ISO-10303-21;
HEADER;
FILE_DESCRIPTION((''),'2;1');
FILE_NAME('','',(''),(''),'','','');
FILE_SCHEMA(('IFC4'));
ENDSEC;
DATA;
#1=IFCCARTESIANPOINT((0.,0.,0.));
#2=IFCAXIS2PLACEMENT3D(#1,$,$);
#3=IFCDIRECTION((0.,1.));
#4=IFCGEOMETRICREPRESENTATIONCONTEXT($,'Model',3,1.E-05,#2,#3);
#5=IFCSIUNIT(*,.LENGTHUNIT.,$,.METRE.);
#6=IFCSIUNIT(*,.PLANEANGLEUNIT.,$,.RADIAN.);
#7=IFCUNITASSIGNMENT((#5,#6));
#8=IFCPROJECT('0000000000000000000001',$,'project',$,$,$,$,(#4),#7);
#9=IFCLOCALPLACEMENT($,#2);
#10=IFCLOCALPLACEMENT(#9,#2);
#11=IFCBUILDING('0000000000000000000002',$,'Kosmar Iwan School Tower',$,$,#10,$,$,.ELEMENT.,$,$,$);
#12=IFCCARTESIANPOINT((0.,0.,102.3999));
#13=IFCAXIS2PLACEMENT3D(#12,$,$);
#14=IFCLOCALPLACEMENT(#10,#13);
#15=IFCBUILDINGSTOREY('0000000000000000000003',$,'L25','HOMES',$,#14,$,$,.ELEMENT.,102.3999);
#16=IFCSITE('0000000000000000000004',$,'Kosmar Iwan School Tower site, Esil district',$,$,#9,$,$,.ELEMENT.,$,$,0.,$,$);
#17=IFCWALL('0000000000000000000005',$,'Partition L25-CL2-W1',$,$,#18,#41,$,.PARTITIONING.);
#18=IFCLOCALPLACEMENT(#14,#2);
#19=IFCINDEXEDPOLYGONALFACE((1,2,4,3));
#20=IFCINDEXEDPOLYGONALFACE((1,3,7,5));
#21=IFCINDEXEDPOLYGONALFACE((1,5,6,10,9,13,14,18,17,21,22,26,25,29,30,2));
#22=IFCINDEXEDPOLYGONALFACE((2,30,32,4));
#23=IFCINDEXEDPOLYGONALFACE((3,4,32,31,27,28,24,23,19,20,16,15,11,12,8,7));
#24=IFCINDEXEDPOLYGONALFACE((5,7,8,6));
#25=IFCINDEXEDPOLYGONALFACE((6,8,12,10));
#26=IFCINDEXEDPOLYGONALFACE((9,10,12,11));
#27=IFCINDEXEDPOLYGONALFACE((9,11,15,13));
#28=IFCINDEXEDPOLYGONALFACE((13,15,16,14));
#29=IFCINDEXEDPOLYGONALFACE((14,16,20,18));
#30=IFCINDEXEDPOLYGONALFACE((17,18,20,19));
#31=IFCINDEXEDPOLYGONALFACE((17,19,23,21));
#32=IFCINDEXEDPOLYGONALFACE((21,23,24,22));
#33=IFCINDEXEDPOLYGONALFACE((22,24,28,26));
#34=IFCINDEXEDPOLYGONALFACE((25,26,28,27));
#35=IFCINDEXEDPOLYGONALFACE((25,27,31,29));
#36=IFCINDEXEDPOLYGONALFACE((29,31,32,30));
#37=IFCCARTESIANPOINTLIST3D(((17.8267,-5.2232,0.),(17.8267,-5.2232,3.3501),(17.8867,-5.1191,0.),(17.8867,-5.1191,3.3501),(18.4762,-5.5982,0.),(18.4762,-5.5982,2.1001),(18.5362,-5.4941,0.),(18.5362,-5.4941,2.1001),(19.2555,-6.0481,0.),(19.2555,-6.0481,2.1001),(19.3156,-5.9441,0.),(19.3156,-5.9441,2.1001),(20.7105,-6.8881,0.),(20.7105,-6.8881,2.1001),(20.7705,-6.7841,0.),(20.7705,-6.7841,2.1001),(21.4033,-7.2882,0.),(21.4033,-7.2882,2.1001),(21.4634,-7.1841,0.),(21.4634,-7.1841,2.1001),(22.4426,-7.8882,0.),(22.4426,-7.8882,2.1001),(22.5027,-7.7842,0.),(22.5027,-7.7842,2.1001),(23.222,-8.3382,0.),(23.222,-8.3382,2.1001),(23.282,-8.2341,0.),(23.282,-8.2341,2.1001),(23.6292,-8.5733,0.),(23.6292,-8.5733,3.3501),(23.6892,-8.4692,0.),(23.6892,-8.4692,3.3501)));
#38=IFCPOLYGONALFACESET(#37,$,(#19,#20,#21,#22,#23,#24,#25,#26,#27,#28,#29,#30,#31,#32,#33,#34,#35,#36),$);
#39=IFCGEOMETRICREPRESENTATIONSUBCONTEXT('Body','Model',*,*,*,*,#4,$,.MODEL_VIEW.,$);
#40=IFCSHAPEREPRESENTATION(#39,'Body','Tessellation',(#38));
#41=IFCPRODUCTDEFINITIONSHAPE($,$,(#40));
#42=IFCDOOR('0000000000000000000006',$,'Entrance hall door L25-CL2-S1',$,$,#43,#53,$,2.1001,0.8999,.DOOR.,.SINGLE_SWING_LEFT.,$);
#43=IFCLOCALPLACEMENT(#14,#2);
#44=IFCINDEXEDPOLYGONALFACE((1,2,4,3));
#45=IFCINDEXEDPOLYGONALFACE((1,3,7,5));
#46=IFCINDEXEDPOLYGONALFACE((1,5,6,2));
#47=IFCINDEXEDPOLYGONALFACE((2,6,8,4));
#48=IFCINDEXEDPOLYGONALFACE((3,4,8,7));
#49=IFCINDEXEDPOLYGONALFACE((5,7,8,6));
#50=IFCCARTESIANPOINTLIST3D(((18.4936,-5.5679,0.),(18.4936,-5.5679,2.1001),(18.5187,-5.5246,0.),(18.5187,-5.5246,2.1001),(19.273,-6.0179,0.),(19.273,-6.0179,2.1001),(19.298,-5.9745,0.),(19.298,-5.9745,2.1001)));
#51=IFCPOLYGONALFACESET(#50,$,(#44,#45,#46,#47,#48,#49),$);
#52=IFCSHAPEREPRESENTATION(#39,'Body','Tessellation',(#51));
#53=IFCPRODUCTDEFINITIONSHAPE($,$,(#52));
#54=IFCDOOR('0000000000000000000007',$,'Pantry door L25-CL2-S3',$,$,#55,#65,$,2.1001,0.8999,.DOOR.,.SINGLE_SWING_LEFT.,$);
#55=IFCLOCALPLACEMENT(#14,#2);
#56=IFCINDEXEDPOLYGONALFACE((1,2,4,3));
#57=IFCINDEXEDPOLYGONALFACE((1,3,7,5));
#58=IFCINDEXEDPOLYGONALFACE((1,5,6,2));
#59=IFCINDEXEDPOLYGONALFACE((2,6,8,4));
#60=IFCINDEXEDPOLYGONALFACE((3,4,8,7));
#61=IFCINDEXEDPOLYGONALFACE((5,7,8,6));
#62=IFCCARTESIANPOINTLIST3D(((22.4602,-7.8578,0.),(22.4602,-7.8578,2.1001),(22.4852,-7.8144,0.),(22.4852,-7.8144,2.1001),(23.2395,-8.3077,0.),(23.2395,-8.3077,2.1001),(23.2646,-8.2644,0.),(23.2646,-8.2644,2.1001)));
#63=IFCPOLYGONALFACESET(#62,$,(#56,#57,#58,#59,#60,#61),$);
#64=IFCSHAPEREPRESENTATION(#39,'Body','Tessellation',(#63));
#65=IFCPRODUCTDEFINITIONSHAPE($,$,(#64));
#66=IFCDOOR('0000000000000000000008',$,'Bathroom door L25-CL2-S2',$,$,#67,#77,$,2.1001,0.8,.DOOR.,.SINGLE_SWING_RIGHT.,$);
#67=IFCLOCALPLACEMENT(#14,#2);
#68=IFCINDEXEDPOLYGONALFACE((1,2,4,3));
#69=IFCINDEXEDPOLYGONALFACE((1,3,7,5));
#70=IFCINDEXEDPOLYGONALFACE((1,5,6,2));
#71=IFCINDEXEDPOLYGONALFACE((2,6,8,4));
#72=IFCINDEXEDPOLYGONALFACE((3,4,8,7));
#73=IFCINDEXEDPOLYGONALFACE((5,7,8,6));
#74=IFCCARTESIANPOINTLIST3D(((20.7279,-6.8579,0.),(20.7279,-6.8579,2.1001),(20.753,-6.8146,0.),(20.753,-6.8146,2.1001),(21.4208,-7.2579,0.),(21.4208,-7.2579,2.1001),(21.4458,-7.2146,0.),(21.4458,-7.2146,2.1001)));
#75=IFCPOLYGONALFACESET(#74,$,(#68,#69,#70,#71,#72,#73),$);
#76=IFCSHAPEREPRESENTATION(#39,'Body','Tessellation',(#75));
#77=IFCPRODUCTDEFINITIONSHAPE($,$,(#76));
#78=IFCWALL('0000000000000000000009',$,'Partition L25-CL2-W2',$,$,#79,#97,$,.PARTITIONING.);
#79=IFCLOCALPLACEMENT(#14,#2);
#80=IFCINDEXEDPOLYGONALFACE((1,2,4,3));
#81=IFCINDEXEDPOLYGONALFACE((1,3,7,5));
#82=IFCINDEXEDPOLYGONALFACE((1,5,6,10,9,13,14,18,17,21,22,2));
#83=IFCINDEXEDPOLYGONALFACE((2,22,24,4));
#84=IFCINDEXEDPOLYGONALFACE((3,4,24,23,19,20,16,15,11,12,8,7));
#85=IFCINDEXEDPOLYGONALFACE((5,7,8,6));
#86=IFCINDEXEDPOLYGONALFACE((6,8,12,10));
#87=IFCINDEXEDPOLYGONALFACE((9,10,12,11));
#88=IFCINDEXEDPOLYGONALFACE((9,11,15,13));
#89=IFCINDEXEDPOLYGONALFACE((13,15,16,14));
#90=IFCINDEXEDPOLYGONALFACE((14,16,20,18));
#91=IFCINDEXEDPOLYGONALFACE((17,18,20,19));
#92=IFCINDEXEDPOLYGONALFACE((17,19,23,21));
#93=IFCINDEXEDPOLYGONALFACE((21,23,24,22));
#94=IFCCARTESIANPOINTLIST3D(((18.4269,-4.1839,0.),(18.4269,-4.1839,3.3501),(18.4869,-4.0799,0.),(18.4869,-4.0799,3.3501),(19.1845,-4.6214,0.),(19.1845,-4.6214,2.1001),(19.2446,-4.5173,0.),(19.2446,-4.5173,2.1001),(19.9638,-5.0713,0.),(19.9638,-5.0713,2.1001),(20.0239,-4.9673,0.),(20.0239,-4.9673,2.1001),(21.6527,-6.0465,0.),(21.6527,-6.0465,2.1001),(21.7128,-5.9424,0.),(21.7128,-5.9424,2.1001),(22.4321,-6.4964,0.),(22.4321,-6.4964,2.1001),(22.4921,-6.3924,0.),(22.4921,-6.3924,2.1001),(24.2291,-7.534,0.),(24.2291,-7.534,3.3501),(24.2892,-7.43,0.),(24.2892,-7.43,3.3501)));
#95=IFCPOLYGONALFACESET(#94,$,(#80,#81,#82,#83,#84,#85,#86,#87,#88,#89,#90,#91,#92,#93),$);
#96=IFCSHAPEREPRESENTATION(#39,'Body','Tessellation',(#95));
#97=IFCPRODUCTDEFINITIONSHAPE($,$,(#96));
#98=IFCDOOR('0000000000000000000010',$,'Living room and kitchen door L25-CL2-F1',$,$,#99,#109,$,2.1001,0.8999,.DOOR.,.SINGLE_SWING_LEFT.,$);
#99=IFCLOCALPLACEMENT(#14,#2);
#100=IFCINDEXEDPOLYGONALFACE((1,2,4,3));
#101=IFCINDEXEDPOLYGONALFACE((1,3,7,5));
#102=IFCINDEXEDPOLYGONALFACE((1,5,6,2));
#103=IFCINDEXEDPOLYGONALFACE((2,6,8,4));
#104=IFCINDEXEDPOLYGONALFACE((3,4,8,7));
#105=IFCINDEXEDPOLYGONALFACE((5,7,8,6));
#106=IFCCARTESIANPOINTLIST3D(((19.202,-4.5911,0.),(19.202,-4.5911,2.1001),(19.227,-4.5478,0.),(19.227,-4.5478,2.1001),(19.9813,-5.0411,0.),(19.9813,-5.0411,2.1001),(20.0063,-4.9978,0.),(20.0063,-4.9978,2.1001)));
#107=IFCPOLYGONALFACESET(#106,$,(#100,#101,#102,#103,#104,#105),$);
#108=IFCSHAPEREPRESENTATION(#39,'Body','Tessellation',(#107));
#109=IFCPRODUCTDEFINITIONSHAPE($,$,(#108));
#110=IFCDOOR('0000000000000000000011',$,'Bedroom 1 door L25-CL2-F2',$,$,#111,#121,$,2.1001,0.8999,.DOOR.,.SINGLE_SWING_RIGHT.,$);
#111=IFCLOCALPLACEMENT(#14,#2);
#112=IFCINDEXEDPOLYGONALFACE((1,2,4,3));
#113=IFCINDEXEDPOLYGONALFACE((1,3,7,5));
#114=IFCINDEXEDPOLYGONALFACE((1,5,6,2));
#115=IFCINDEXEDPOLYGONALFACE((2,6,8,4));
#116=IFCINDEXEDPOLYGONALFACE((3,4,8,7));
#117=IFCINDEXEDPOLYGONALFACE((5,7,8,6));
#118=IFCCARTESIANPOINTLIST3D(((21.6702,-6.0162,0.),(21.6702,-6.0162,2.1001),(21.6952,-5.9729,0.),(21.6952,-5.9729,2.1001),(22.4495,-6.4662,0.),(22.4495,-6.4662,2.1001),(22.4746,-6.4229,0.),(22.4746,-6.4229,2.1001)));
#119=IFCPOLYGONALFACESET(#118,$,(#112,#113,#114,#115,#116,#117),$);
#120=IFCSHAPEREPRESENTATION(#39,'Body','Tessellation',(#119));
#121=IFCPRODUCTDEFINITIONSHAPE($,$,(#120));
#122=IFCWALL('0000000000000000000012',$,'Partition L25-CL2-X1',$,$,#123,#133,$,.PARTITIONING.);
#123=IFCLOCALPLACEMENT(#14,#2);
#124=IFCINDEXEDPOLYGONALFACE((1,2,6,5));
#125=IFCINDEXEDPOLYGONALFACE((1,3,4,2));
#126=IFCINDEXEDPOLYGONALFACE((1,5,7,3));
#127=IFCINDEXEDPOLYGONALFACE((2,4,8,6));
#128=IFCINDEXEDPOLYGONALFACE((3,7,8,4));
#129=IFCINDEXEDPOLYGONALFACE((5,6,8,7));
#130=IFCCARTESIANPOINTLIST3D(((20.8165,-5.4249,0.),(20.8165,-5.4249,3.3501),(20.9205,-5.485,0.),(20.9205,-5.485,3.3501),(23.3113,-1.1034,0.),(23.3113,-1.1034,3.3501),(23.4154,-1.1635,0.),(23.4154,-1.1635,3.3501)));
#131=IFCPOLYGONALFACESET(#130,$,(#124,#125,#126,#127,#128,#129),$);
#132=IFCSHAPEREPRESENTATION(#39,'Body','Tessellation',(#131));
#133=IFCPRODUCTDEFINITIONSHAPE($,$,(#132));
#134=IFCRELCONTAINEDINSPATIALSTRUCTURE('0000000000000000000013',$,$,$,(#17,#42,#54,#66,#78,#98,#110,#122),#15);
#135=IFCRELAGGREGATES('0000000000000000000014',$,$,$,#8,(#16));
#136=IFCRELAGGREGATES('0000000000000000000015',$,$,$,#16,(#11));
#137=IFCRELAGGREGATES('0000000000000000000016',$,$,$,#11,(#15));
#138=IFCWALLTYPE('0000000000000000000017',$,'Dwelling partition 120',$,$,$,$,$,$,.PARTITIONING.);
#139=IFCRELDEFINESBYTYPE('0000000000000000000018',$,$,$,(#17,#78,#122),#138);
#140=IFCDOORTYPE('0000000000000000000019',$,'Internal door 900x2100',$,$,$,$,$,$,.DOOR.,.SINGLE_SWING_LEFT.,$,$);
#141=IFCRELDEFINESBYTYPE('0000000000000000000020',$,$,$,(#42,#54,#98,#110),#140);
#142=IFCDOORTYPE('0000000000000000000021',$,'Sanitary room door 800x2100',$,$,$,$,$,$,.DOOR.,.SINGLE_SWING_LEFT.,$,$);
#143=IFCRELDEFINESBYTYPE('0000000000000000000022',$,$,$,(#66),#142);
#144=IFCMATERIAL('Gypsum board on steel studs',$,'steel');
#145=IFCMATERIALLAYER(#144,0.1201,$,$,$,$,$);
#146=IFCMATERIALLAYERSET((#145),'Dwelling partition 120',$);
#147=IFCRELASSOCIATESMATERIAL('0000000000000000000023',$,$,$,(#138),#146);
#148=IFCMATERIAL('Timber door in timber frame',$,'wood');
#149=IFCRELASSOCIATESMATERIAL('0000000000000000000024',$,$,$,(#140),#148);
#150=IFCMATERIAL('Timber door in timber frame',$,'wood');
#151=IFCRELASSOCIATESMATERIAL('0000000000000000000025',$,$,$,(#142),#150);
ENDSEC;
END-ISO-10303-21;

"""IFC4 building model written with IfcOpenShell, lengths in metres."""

from ifc_helpers import new_model, si_unit, direction, frame, frame_2d, origin, place, context, subcontext, project, spatial, rectangle, extrude, material, layer, layer_set, type_object, element, fill, save


model = new_model("IFC4")

# Units and contexts
model_context = context("Model", 3, precision=1e-05, world=origin(), true_north=direction((0.0, 1.0)))
body_context = subcontext(model_context, "Body", "Model", "MODEL_VIEW")
ifc_project = project(units=[si_unit("LENGTHUNIT", "METRE"), si_unit("PLANEANGLEUNIT", "RADIAN")], contexts=[model_context])

# Site, building, storey
site_placement = place(None, origin())
site = spatial("IfcSite", under=ifc_project, at=site_placement, Name="Kosmar Iwan School Tower site, Esil district", CompositionType="ELEMENT", RefElevation=0.0)
building_placement = place(site_placement, origin())
building = spatial("IfcBuilding", under=site, at=building_placement, Name="Kosmar Iwan School Tower", CompositionType="ELEMENT")
storey_placement = place(building_placement, frame((0.0, 0.0, 102.3999)))
storey = spatial("IfcBuildingStorey", under=building, at=storey_placement, Name="L25", Description="HOMES", CompositionType="ELEMENT", Elevation=102.3999)

# Shared definitions
ifc_material_1 = material(Name="Gypsum board on steel studs", Category="steel")
ifc_layer = layer(ifc_material_1, 0.1201)
ifc_layer_set = layer_set([ifc_layer], Name="Dwelling partition 120")
wall_type = type_object("IfcWallType", Name="Dwelling partition 120", PredefinedType="PARTITIONING", material=ifc_layer_set)

# Walls, openings, doors
wall_1_placement = place(storey_placement, frame((17.8567, -5.1711, 0.0), z_axis=(0.0, 0.0, 1.0), x_axis=(0.866024, -0.500003, 0.0)))
wall_1 = element("IfcWall", 1, at=wall_1_placement, inside=storey, type_object=wall_type, Name="Partition L25-CL2-W1", PredefinedType="PARTITIONING", context=body_context, shape_type="SweptSolid", body=[
    extrude(rectangle(XDim=6.7002, YDim=0.1201, at=frame_2d((3.3501, 0.0))), origin(), (0.0, 0.0, 1.0), 3.3501),
])
opening_1_placement = place(wall_1_placement, frame((0.75, 0.0, 0.0)))
opening_1 = element("IfcOpeningElement", 2, at=opening_1_placement, cuts=wall_1, PredefinedType="OPENING", context=body_context, shape_type="SweptSolid", body=[
    extrude(rectangle(XDim=0.8999, YDim=2.1001, at=frame_2d((0.45, 1.05))), frame((0.0, 0.072, 0.0), z_axis=(0.0, -1.0, 0.0), x_axis=(1.0, 0.0, 0.0)), (0.0, 0.0, 1.0), 0.144),
])
opening_2_placement = place(wall_1_placement, frame((3.3301, 0.0, 0.0)))
opening_2 = element("IfcOpeningElement", 3, at=opening_2_placement, cuts=wall_1, PredefinedType="OPENING", context=body_context, shape_type="SweptSolid", body=[
    extrude(rectangle(XDim=0.8, YDim=2.1001, at=frame_2d((0.3999, 1.05))), frame((0.0, 0.072, 0.0), z_axis=(0.0, -1.0, 0.0), x_axis=(1.0, 0.0, 0.0)), (0.0, 0.0, 1.0), 0.144),
])
opening_3_placement = place(wall_1_placement, frame((5.3301, 0.0, 0.0)))
opening_3 = element("IfcOpeningElement", 4, at=opening_3_placement, cuts=wall_1, PredefinedType="OPENING", context=body_context, shape_type="SweptSolid", body=[
    extrude(rectangle(XDim=0.8999, YDim=2.1001, at=frame_2d((0.45, 1.05))), frame((0.0, 0.072, 0.0), z_axis=(0.0, -1.0, 0.0), x_axis=(1.0, 0.0, 0.0)), (0.0, 0.0, 1.0), 0.144),
])
ifc_material_2 = material(Name="Timber door in timber frame", Category="wood")
door_type_1 = type_object("IfcDoorType", Name="Internal door 900x2100", OperationType="SINGLE_SWING_LEFT", PredefinedType="DOOR", material=ifc_material_2)
door_1_placement = place(opening_1_placement, origin())
door_1 = element("IfcDoor", 5, at=door_1_placement, inside=storey, type_object=door_type_1, Name="Entrance hall door L25-CL2-S1", OperationType="SINGLE_SWING_LEFT", OverallHeight=2.1001, OverallWidth=0.8999, PredefinedType="DOOR", context=body_context, shape_type="SweptSolid", body=[
    extrude(rectangle(XDim=0.8999, YDim=2.1001, at=frame_2d((0.45, 1.05))), frame((0.0, 0.0249, 0.0), z_axis=(0.0, -1.0, 0.0), x_axis=(1.0, 0.0, 0.0)), (0.0, 0.0, 1.0), 0.05),
])
fill(opening_1, door_1)
door_2_placement = place(opening_3_placement, frame((0.8999, 0.0, 0.0), z_axis=(0.0, 0.0, 1.0), x_axis=(-1.0, 0.0, 0.0)))
door_2 = element("IfcDoor", 6, at=door_2_placement, inside=storey, type_object=door_type_1, Name="Pantry door L25-CL2-S3", OperationType="SINGLE_SWING_LEFT", OverallHeight=2.1001, OverallWidth=0.8999, PredefinedType="DOOR", context=body_context, shape_type="SweptSolid", body=[
    extrude(rectangle(XDim=0.8999, YDim=2.1001, at=frame_2d((0.45, 1.05))), frame((0.0, 0.0249, 0.0), z_axis=(0.0, -1.0, 0.0), x_axis=(1.0, 0.0, 0.0)), (0.0, 0.0, 1.0), 0.05),
])
fill(opening_3, door_2)
ifc_material_3 = material(Name="Timber door in timber frame", Category="wood")
door_type_2 = type_object("IfcDoorType", Name="Sanitary room door 800x2100", OperationType="SINGLE_SWING_LEFT", PredefinedType="DOOR", material=ifc_material_3)
door_3_placement = place(opening_2_placement, origin())
door_3 = element("IfcDoor", 7, at=door_3_placement, inside=storey, type_object=door_type_2, Name="Bathroom door L25-CL2-S2", OperationType="SINGLE_SWING_RIGHT", OverallHeight=2.1001, OverallWidth=0.8, PredefinedType="DOOR", context=body_context, shape_type="SweptSolid", body=[
    extrude(rectangle(XDim=0.8, YDim=2.1001, at=frame_2d((0.3999, 1.05))), frame((0.0, 0.0249, 0.0), z_axis=(0.0, -1.0, 0.0), x_axis=(1.0, 0.0, 0.0)), (0.0, 0.0, 1.0), 0.05),
])
fill(opening_2, door_3)
wall_2_placement = place(storey_placement, frame((18.4568, -4.1318, 0.0), z_axis=(0.0, 0.0, 1.0), x_axis=(0.866014, -0.500019, 0.0)))
wall_2 = element("IfcWall", 8, at=wall_2_placement, inside=storey, type_object=wall_type, Name="Partition L25-CL2-W2", PredefinedType="PARTITIONING", context=body_context, shape_type="SweptSolid", body=[
    extrude(rectangle(XDim=6.7, YDim=0.1201, at=frame_2d((3.3501, 0.0))), origin(), (0.0, 0.0, 1.0), 3.3501),
])
opening_4_placement = place(wall_2_placement, frame((0.875, 0.0, 0.0)))
opening_4 = element("IfcOpeningElement", 9, at=opening_4_placement, cuts=wall_2, PredefinedType="OPENING", context=body_context, shape_type="SweptSolid", body=[
    extrude(rectangle(XDim=0.8999, YDim=2.1001, at=frame_2d((0.45, 1.05))), frame((0.0, 0.072, 0.0), z_axis=(0.0, -1.0, 0.0), x_axis=(1.0, 0.0, 0.0)), (0.0, 0.0, 1.0), 0.144),
])
opening_5_placement = place(wall_2_placement, frame((3.7251, 0.0, 0.0)))
opening_5 = element("IfcOpeningElement", 10, at=opening_5_placement, cuts=wall_2, PredefinedType="OPENING", context=body_context, shape_type="SweptSolid", body=[
    extrude(rectangle(XDim=0.8999, YDim=2.1001, at=frame_2d((0.45, 1.05))), frame((0.0, 0.072, 0.0), z_axis=(0.0, -1.0, 0.0), x_axis=(1.0, 0.0, 0.0)), (0.0, 0.0, 1.0), 0.144),
])
door_4_placement = place(opening_4_placement, origin())
door_4 = element("IfcDoor", 11, at=door_4_placement, inside=storey, type_object=door_type_1, Name="Living room and kitchen door L25-CL2-F1", OperationType="SINGLE_SWING_LEFT", OverallHeight=2.1001, OverallWidth=0.8999, PredefinedType="DOOR", context=body_context, shape_type="SweptSolid", body=[
    extrude(rectangle(XDim=0.8999, YDim=2.1001, at=frame_2d((0.45, 1.05))), frame((0.0, 0.0249, 0.0), z_axis=(0.0, -1.0, 0.0), x_axis=(1.0, 0.0, 0.0)), (0.0, 0.0, 1.0), 0.05),
])
fill(opening_4, door_4)
door_5_placement = place(opening_5_placement, origin())
door_5 = element("IfcDoor", 12, at=door_5_placement, inside=storey, type_object=door_type_1, Name="Bedroom 1 door L25-CL2-F2", OperationType="SINGLE_SWING_RIGHT", OverallHeight=2.1001, OverallWidth=0.8999, PredefinedType="DOOR", context=body_context, shape_type="SweptSolid", body=[
    extrude(rectangle(XDim=0.8999, YDim=2.1001, at=frame_2d((0.45, 1.05))), frame((0.0, 0.0249, 0.0), z_axis=(0.0, -1.0, 0.0), x_axis=(1.0, 0.0, 0.0)), (0.0, 0.0, 1.0), 0.05),
])
fill(opening_5, door_5)

# Wall
wall_3_placement = place(storey_placement, frame((20.8684, -5.4551, 0.0), z_axis=(0.0, 0.0, 1.0), x_axis=(0.499975, 0.86604, 0.0)))
element("IfcWall", 13, at=wall_3_placement, inside=storey, type_object=wall_type, Name="Partition L25-CL2-X1", PredefinedType="PARTITIONING", context=body_context, shape_type="SweptSolid", body=[
    extrude(rectangle(XDim=4.99, YDim=0.1201, at=frame_2d((2.4951, 0.0))), origin(), (0.0, 0.0, 1.0), 3.3501),
])

save(model, "model.ifc")
